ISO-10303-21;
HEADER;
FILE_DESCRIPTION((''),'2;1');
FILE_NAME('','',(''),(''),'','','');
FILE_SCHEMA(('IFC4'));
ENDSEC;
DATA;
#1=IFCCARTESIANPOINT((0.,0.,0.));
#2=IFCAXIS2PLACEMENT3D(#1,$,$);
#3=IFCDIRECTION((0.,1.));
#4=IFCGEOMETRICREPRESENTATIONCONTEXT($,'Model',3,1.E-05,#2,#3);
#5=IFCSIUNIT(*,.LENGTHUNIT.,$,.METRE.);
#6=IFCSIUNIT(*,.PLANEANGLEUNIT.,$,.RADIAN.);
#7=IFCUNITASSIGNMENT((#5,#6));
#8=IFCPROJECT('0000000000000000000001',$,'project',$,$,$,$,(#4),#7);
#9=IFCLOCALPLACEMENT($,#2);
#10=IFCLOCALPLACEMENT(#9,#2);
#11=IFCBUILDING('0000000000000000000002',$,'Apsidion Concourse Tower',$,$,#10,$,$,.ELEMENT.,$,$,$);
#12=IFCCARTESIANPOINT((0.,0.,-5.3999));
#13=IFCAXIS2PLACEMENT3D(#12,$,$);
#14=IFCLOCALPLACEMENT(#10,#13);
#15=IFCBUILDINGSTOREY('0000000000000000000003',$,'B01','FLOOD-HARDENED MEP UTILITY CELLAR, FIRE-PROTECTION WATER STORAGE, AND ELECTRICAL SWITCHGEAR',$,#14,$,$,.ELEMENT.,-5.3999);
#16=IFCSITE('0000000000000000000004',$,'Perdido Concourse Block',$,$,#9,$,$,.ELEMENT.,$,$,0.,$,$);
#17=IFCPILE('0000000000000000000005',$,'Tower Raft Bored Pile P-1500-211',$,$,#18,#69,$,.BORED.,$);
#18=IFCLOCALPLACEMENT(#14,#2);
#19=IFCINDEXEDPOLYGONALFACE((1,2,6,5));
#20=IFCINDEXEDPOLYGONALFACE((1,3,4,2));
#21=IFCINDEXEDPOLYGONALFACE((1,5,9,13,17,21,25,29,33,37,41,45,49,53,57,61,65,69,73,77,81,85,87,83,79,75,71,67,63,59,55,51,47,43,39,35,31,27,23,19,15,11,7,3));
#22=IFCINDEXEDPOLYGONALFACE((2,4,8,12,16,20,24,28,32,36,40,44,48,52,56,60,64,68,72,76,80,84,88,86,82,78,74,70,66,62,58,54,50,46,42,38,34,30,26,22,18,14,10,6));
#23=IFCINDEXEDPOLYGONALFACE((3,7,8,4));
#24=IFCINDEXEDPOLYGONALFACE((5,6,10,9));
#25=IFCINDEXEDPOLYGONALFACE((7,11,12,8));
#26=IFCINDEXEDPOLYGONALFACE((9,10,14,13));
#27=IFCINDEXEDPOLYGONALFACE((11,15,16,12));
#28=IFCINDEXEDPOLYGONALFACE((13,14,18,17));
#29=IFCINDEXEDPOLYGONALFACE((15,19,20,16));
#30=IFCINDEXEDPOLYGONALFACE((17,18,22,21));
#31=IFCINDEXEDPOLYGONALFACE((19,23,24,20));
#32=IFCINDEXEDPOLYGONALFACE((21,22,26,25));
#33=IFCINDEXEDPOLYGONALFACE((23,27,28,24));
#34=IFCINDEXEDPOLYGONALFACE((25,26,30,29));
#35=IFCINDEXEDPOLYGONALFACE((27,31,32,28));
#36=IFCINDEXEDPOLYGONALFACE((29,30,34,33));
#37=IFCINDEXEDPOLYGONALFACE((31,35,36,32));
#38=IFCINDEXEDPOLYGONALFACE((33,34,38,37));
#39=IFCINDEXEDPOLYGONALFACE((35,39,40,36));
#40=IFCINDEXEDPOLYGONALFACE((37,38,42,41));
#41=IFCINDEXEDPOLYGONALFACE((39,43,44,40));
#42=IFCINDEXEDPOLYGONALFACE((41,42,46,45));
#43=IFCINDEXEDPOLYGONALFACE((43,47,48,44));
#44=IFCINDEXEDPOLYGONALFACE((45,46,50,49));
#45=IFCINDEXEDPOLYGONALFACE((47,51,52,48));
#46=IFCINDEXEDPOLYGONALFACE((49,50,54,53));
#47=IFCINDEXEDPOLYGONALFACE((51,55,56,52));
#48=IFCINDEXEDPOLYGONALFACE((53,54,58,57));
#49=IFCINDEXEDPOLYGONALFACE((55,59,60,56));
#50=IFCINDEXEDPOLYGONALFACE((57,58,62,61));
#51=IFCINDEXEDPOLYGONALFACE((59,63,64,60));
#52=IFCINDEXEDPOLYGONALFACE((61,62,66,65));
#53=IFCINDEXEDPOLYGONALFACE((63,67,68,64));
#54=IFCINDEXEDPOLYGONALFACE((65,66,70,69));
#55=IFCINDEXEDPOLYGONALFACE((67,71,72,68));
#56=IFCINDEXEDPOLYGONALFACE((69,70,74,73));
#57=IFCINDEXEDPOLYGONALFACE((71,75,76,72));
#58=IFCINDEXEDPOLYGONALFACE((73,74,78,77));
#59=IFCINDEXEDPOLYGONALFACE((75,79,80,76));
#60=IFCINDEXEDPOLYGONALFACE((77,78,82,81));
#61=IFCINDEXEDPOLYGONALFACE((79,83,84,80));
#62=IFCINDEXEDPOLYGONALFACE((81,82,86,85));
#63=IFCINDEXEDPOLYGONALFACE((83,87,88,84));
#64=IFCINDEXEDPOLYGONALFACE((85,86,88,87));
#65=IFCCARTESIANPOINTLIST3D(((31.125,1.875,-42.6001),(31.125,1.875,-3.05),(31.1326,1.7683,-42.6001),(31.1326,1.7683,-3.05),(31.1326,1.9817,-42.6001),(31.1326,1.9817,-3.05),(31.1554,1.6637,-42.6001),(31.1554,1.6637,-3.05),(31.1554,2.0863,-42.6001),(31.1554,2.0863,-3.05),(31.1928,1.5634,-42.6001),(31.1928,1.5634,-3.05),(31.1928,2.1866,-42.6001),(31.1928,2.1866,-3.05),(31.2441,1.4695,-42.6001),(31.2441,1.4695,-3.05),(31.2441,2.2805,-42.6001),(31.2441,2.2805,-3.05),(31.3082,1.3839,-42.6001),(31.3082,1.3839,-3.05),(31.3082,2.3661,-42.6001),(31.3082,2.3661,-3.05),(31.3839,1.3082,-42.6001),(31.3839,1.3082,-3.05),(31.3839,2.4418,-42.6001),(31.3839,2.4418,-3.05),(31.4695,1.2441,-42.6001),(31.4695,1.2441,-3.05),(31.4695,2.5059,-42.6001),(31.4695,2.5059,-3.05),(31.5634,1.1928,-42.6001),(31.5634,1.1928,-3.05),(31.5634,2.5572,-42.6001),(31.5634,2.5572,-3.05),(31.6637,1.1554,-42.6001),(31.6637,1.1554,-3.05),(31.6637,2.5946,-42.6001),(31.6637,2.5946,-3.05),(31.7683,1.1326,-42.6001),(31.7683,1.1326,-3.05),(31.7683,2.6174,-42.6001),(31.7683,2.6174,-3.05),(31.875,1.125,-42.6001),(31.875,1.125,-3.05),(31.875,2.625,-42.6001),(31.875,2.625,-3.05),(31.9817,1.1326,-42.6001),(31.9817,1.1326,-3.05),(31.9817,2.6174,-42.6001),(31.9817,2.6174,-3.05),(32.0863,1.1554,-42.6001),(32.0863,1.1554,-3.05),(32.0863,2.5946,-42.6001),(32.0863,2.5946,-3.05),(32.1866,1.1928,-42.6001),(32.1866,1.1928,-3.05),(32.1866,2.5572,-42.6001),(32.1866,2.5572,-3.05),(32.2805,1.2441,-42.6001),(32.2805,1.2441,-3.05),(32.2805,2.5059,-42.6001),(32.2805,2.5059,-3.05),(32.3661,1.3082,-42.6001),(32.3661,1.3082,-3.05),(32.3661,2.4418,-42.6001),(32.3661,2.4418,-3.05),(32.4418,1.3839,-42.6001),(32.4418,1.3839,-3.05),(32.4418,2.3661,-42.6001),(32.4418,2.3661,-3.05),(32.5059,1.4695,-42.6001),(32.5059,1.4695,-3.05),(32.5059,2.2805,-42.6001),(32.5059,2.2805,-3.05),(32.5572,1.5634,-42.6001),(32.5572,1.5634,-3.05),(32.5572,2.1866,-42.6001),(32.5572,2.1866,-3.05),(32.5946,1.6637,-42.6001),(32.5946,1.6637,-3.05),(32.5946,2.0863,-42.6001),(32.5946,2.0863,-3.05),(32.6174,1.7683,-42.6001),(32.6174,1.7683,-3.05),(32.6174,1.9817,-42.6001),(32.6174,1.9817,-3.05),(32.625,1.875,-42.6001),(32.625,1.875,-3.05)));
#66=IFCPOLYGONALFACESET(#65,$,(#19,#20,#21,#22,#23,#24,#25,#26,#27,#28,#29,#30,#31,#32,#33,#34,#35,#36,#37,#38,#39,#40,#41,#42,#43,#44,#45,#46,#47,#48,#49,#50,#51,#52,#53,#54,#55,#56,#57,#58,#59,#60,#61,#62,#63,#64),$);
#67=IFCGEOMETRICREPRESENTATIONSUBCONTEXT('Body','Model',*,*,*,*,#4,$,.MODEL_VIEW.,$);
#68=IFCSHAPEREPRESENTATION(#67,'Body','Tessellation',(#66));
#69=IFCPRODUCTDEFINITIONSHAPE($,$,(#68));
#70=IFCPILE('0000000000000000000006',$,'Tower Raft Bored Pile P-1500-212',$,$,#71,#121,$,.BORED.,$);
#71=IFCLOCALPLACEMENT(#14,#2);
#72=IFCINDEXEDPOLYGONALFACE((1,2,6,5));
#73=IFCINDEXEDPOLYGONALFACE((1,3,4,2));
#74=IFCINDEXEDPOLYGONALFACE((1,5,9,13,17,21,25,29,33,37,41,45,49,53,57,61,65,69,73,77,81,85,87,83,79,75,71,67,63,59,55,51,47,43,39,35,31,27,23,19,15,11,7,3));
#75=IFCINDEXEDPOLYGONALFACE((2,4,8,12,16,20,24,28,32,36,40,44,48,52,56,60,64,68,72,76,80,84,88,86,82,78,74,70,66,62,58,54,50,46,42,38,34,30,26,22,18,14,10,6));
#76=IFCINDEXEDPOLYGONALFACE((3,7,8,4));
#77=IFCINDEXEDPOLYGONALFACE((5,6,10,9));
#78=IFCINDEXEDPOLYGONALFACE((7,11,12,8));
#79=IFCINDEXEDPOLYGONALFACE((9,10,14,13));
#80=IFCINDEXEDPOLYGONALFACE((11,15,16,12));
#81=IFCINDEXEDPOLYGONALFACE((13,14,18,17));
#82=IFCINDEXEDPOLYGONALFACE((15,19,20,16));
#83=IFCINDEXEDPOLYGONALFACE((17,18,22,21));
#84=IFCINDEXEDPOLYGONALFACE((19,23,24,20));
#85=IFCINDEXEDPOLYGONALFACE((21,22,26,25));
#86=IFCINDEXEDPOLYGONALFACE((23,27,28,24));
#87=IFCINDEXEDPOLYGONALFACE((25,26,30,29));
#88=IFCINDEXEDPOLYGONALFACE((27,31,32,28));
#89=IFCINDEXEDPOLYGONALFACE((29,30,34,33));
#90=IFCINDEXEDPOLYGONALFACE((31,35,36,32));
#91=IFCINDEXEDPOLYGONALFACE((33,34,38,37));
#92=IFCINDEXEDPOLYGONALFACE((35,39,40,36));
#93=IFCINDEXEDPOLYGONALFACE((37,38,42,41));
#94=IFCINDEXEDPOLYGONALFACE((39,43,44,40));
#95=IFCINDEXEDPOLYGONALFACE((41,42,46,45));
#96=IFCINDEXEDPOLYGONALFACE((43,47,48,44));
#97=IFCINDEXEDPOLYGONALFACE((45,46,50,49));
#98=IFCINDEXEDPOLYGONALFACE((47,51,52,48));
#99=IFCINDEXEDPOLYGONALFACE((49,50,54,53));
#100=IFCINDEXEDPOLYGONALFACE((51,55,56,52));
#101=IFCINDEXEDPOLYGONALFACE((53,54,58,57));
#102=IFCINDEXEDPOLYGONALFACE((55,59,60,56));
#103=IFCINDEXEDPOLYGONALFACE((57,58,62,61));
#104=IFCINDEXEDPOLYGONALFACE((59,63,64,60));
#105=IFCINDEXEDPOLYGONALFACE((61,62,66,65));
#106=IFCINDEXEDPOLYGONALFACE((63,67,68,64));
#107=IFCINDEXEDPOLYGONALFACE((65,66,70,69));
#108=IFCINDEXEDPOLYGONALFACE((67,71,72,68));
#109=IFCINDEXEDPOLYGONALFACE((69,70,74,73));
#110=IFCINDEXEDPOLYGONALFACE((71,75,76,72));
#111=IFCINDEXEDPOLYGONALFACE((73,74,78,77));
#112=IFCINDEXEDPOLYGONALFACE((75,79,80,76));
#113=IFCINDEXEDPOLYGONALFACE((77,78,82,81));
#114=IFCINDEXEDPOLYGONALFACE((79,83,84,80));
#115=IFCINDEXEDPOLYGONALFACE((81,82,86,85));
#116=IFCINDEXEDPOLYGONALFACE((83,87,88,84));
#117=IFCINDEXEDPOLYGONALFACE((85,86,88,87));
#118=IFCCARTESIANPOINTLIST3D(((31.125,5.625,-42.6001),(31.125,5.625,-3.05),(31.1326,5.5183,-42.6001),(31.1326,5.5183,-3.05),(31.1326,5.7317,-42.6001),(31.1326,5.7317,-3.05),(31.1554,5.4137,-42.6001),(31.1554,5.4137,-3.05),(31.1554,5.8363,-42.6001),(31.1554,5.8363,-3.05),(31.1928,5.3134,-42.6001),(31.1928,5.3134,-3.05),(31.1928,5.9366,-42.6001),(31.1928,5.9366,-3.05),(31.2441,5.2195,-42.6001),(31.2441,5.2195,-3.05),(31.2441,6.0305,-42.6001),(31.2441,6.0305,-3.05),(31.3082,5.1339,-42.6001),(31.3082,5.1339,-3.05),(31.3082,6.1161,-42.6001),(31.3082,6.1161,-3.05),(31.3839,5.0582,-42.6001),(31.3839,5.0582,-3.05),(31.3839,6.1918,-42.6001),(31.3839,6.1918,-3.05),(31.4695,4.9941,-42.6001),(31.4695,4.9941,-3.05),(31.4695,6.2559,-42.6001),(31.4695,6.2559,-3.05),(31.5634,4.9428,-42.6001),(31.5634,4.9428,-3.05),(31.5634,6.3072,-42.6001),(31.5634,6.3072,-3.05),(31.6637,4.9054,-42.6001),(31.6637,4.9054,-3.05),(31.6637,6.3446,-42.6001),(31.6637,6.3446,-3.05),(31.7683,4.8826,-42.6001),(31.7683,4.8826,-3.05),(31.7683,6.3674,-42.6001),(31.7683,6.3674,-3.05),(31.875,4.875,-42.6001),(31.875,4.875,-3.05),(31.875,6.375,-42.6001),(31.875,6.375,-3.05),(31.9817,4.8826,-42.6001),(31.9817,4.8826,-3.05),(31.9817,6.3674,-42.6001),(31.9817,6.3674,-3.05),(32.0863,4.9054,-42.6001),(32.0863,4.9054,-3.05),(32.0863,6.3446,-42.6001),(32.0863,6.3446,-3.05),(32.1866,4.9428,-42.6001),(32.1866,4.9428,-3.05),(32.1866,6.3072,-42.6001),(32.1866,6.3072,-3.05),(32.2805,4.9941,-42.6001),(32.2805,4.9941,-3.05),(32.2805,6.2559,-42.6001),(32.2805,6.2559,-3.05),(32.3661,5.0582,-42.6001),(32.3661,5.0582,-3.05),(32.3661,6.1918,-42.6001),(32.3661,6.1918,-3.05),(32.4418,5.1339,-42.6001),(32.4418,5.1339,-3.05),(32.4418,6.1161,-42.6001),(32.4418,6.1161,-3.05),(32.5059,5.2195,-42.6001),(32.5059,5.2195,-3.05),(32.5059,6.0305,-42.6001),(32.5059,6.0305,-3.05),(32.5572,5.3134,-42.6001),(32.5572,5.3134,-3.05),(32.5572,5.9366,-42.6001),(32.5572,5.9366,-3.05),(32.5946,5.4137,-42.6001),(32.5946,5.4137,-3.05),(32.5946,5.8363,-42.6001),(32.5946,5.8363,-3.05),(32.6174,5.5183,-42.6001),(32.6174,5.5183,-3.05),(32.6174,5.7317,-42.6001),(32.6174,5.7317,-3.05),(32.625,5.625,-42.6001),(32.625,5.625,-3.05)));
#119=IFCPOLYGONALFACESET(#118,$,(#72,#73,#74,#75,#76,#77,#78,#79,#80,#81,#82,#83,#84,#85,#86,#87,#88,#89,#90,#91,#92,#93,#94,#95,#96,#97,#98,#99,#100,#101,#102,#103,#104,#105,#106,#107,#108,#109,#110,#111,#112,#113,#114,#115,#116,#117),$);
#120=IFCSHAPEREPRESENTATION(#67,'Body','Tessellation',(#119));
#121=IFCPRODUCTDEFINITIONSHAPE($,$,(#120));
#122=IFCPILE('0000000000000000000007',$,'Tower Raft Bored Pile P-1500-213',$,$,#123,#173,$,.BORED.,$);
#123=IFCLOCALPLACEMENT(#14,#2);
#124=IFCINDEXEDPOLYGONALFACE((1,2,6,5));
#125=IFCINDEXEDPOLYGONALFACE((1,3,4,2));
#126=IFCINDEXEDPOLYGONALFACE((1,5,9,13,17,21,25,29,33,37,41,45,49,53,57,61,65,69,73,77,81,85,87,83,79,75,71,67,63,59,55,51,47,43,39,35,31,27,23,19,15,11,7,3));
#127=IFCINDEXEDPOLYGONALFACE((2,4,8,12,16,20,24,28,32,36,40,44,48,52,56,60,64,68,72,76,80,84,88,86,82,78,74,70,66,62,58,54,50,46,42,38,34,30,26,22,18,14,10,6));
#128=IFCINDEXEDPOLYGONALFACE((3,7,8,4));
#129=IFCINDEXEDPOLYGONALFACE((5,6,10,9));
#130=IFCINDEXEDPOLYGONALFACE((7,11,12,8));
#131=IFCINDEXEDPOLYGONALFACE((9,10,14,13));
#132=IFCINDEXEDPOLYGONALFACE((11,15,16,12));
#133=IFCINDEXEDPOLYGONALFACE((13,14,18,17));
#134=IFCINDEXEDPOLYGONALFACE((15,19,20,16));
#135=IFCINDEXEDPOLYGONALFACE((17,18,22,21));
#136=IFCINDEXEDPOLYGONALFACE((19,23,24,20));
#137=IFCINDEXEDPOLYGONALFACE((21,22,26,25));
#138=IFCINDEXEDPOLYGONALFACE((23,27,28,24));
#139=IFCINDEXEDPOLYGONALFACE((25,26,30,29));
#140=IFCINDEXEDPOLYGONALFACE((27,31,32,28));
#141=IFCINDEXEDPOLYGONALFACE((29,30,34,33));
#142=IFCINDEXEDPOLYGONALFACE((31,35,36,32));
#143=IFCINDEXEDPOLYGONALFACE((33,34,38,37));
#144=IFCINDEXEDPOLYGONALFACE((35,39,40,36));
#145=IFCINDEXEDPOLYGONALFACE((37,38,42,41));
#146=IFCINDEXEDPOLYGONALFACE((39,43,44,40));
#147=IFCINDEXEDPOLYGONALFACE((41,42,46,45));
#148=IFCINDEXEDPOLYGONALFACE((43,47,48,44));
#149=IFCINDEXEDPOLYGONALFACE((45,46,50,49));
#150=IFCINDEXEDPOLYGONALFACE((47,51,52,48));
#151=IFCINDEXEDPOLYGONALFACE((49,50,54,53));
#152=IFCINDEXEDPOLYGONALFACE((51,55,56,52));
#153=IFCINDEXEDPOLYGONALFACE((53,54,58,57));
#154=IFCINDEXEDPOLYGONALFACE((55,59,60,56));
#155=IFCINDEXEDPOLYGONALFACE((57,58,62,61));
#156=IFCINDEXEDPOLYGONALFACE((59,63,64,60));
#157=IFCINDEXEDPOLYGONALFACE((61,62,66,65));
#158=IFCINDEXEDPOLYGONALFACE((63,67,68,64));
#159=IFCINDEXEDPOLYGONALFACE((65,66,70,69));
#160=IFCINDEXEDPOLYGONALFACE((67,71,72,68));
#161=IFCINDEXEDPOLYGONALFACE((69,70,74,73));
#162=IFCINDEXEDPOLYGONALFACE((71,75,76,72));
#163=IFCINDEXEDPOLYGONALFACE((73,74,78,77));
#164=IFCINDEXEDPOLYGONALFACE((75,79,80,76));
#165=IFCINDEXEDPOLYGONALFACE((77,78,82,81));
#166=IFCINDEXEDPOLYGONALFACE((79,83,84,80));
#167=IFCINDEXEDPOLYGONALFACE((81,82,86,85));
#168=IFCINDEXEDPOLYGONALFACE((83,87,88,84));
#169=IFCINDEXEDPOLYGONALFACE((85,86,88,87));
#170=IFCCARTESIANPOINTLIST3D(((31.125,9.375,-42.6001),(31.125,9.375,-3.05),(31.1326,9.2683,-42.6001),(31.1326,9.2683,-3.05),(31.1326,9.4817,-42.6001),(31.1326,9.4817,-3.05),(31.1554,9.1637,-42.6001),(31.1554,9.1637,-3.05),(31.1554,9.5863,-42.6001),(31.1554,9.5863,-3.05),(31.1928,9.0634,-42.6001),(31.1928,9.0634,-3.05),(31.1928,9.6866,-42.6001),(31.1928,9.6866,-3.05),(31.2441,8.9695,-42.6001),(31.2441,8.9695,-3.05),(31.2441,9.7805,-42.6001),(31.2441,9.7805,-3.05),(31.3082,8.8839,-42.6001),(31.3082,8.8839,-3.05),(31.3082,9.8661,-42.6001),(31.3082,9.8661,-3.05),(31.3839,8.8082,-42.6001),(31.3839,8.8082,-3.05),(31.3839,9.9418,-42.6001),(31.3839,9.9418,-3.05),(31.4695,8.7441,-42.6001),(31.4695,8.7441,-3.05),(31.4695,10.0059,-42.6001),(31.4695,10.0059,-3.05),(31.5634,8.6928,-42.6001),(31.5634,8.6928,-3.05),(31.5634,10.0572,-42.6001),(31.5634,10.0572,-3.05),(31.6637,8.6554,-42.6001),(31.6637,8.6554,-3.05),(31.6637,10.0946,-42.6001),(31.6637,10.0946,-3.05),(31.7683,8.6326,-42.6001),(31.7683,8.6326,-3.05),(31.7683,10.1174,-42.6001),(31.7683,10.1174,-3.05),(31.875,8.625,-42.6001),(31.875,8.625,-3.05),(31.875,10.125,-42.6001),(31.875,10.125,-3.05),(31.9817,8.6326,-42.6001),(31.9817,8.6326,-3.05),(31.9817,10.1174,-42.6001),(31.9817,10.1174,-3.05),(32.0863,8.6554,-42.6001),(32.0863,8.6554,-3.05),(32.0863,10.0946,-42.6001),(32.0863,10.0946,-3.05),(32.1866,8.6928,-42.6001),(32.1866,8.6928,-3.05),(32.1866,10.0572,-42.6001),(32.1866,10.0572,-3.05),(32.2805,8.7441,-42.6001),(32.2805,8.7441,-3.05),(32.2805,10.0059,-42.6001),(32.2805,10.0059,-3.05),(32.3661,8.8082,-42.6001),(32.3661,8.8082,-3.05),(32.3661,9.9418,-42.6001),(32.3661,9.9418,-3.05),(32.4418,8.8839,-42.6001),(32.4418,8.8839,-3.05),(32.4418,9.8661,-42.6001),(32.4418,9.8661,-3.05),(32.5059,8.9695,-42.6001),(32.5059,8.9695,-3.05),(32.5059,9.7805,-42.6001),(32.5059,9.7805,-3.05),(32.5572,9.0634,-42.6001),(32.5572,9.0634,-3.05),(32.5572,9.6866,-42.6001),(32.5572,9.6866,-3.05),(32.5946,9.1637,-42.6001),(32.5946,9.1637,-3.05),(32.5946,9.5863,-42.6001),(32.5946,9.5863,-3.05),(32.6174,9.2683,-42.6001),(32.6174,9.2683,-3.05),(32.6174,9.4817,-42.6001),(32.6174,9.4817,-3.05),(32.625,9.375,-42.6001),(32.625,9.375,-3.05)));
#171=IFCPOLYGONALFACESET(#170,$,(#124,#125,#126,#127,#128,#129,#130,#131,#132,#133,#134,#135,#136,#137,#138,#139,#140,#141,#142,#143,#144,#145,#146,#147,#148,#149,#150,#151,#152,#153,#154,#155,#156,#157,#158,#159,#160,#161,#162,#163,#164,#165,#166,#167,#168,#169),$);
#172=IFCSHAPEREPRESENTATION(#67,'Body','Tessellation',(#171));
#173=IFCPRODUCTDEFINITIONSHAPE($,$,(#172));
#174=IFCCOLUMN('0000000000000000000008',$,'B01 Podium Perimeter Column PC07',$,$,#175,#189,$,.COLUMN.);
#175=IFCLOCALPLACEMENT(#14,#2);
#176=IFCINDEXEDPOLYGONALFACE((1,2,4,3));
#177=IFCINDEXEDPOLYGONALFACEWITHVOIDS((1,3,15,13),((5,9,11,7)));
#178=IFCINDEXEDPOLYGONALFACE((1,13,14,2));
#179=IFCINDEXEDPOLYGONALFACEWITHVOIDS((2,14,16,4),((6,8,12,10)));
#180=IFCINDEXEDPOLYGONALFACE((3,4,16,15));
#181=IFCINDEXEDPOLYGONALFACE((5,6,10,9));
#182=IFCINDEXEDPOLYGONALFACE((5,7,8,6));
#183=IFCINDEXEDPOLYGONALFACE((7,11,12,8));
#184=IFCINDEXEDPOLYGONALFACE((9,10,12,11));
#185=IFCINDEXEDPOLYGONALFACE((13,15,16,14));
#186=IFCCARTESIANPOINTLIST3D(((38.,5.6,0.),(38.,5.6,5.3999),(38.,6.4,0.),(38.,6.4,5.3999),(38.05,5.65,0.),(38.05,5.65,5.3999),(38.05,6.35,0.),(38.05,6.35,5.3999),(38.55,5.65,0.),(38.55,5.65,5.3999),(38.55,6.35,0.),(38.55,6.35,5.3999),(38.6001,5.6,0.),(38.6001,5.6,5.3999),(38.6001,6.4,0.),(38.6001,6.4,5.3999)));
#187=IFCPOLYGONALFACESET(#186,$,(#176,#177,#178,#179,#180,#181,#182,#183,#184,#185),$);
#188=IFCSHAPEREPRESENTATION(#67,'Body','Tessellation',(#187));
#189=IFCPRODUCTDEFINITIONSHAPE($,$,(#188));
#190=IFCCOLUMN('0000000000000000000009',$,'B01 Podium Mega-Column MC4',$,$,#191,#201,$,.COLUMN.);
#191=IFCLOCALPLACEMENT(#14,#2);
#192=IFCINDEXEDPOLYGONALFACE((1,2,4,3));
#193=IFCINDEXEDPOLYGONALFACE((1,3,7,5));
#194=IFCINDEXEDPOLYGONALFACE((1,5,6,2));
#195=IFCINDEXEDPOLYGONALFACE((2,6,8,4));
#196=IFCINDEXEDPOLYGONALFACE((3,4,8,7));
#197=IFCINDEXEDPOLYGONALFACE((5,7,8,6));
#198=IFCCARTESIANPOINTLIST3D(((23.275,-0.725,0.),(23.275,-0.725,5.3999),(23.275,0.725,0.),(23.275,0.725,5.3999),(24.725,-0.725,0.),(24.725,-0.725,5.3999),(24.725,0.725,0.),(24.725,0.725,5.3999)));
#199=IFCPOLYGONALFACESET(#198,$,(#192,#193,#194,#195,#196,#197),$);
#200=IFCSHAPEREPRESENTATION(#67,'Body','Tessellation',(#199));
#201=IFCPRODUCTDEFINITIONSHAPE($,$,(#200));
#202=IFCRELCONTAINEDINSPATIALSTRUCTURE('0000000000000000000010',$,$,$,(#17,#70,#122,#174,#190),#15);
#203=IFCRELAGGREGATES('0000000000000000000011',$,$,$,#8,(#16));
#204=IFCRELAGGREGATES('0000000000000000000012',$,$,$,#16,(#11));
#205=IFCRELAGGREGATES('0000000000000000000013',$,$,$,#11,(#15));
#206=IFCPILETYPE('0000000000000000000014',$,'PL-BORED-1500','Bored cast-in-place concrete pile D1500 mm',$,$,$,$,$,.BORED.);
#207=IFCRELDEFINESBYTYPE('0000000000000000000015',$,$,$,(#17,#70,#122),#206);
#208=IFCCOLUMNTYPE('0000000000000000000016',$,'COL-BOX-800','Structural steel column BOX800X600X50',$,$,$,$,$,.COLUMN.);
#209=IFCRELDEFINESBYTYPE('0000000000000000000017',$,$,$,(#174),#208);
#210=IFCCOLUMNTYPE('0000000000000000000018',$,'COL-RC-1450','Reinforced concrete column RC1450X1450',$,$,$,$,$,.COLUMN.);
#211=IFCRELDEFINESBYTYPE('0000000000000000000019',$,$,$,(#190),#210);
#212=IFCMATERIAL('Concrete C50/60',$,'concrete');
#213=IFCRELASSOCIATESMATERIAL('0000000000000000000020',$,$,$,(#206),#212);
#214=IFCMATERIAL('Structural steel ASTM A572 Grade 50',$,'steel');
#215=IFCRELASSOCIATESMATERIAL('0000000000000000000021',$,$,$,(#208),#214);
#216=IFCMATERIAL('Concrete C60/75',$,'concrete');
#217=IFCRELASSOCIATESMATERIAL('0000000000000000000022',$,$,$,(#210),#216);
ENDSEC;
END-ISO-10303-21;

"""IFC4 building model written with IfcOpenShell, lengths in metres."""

from ifc_helpers import new_model, si_unit, direction, frame, origin, origin_2d, place, context, subcontext, project, spatial, rectangle, hollow_rectangle, circle, extrude, material, material_profile, profile_set, type_object, element, save


model = new_model("IFC4")

# Units and contexts
model_context = context("Model", 3, precision=1e-05, world=origin(), true_north=direction((0.0, 1.0)))
body_context = subcontext(model_context, "Body", "Model", "MODEL_VIEW")
ifc_project = project(units=[si_unit("LENGTHUNIT", "METRE"), si_unit("PLANEANGLEUNIT", "RADIAN")], contexts=[model_context])

# Site, building, storey
site_placement = place(None, origin())
site = spatial("IfcSite", under=ifc_project, at=site_placement, Name="Perdido Concourse Block", CompositionType="ELEMENT", RefElevation=0.0)
building_placement = place(site_placement, origin())
building = spatial("IfcBuilding", under=site, at=building_placement, Name="Apsidion Concourse Tower", CompositionType="ELEMENT")
storey_placement = place(building_placement, frame((0.0, 0.0, -5.3999)))
storey = spatial("IfcBuildingStorey", under=building, at=storey_placement, Name="B01", Description="FLOOD-HARDENED MEP UTILITY CELLAR, FIRE-PROTECTION WATER STORAGE, AND ELECTRICAL SWITCHGEAR", CompositionType="ELEMENT", Elevation=-5.3999)

# Shared definitions
ifc_material_1 = material(Name="Concrete C50/60", Category="concrete")

# Piles
ifc_material_profile_1 = material_profile(ifc_material_1, circle(Radius=0.75, at=origin_2d()), Name="BORED PILE D1500")
ifc_profile_set_1 = profile_set([ifc_material_profile_1], Name="Concrete C50/60")
pile_type_1 = type_object("IfcPileType", Name="PL-BORED-1500", Description="Bored cast-in-place concrete pile D1500 mm", PredefinedType="BORED", material=ifc_profile_set_1)
for number, where, z_axis, x_axis, name in (
    (1, (31.875, 1.875, -3.05), (0.0, 0.0, -1.0), (1.0, 0.0, 0.0), "Tower Raft Bored Pile P-1500-211"),
    (2, (31.875, 5.625, -3.05), (0.0, 0.0, -1.0), (1.0, 0.0, 0.0), "Tower Raft Bored Pile P-1500-212"),
    (3, (31.875, 9.375, -3.05), (0.0, 0.0, -1.0), (1.0, 0.0, 0.0), "Tower Raft Bored Pile P-1500-213"),
):
    element("IfcPile", number, at=place(storey_placement, frame(where, z_axis=z_axis, x_axis=x_axis)), inside=storey, type_object=pile_type_1, Name=name, PredefinedType="BORED", context=body_context, shape_type="SweptSolid", body=[
        extrude(circle(Radius=0.75, at=origin_2d()), origin(), (0.0, 0.0, 1.0), 39.55),
    ])

# Columns
ifc_material_2 = material(Name="Structural steel ASTM A572 Grade 50", Category="steel")
ifc_material_profile_2 = material_profile(ifc_material_2, hollow_rectangle(XDim=0.6001, YDim=0.8, WallThickness=0.05, at=origin_2d()), Name="BOX800X600X50")
ifc_profile_set_2 = profile_set([ifc_material_profile_2], Name="Structural steel ASTM A572 Grade 50")
column_type_1 = type_object("IfcColumnType", Name="COL-BOX-800", Description="Structural steel column BOX800X600X50", PredefinedType="COLUMN", material=ifc_profile_set_2)
column_1_placement = place(storey_placement, frame((38.3, 6.0, 0.0), z_axis=(0.0, 0.0, 1.0), x_axis=(1.0, 0.0, 0.0)))
element("IfcColumn", 4, at=column_1_placement, inside=storey, type_object=column_type_1, Name="B01 Podium Perimeter Column PC07", PredefinedType="COLUMN", context=body_context, shape_type="SweptSolid", body=[
    extrude(hollow_rectangle(XDim=0.6001, YDim=0.8, WallThickness=0.05, at=origin_2d()), origin(), (0.0, 0.0, 1.0), 5.3999),
])
ifc_material_3 = material(Name="Concrete C60/75", Category="concrete")
ifc_material_profile_3 = material_profile(ifc_material_3, rectangle(XDim=1.45, YDim=1.45, at=origin_2d()), Name="RC 1450x1450")
ifc_profile_set_3 = profile_set([ifc_material_profile_3], Name="Concrete C60/75")
column_type_2 = type_object("IfcColumnType", Name="COL-RC-1450", Description="Reinforced concrete column RC1450X1450", PredefinedType="COLUMN", material=ifc_profile_set_3)
column_2_placement = place(storey_placement, frame((24.0, 0.0, 0.0), z_axis=(0.0, 0.0, 1.0), x_axis=(1.0, 0.0, 0.0)))
element("IfcColumn", 5, at=column_2_placement, inside=storey, type_object=column_type_2, Name="B01 Podium Mega-Column MC4", PredefinedType="COLUMN", context=body_context, shape_type="SweptSolid", body=[
    extrude(rectangle(XDim=1.45, YDim=1.45, at=origin_2d()), origin(), (0.0, 0.0, 1.0), 5.3999),
])

save(model, "model.ifc")
